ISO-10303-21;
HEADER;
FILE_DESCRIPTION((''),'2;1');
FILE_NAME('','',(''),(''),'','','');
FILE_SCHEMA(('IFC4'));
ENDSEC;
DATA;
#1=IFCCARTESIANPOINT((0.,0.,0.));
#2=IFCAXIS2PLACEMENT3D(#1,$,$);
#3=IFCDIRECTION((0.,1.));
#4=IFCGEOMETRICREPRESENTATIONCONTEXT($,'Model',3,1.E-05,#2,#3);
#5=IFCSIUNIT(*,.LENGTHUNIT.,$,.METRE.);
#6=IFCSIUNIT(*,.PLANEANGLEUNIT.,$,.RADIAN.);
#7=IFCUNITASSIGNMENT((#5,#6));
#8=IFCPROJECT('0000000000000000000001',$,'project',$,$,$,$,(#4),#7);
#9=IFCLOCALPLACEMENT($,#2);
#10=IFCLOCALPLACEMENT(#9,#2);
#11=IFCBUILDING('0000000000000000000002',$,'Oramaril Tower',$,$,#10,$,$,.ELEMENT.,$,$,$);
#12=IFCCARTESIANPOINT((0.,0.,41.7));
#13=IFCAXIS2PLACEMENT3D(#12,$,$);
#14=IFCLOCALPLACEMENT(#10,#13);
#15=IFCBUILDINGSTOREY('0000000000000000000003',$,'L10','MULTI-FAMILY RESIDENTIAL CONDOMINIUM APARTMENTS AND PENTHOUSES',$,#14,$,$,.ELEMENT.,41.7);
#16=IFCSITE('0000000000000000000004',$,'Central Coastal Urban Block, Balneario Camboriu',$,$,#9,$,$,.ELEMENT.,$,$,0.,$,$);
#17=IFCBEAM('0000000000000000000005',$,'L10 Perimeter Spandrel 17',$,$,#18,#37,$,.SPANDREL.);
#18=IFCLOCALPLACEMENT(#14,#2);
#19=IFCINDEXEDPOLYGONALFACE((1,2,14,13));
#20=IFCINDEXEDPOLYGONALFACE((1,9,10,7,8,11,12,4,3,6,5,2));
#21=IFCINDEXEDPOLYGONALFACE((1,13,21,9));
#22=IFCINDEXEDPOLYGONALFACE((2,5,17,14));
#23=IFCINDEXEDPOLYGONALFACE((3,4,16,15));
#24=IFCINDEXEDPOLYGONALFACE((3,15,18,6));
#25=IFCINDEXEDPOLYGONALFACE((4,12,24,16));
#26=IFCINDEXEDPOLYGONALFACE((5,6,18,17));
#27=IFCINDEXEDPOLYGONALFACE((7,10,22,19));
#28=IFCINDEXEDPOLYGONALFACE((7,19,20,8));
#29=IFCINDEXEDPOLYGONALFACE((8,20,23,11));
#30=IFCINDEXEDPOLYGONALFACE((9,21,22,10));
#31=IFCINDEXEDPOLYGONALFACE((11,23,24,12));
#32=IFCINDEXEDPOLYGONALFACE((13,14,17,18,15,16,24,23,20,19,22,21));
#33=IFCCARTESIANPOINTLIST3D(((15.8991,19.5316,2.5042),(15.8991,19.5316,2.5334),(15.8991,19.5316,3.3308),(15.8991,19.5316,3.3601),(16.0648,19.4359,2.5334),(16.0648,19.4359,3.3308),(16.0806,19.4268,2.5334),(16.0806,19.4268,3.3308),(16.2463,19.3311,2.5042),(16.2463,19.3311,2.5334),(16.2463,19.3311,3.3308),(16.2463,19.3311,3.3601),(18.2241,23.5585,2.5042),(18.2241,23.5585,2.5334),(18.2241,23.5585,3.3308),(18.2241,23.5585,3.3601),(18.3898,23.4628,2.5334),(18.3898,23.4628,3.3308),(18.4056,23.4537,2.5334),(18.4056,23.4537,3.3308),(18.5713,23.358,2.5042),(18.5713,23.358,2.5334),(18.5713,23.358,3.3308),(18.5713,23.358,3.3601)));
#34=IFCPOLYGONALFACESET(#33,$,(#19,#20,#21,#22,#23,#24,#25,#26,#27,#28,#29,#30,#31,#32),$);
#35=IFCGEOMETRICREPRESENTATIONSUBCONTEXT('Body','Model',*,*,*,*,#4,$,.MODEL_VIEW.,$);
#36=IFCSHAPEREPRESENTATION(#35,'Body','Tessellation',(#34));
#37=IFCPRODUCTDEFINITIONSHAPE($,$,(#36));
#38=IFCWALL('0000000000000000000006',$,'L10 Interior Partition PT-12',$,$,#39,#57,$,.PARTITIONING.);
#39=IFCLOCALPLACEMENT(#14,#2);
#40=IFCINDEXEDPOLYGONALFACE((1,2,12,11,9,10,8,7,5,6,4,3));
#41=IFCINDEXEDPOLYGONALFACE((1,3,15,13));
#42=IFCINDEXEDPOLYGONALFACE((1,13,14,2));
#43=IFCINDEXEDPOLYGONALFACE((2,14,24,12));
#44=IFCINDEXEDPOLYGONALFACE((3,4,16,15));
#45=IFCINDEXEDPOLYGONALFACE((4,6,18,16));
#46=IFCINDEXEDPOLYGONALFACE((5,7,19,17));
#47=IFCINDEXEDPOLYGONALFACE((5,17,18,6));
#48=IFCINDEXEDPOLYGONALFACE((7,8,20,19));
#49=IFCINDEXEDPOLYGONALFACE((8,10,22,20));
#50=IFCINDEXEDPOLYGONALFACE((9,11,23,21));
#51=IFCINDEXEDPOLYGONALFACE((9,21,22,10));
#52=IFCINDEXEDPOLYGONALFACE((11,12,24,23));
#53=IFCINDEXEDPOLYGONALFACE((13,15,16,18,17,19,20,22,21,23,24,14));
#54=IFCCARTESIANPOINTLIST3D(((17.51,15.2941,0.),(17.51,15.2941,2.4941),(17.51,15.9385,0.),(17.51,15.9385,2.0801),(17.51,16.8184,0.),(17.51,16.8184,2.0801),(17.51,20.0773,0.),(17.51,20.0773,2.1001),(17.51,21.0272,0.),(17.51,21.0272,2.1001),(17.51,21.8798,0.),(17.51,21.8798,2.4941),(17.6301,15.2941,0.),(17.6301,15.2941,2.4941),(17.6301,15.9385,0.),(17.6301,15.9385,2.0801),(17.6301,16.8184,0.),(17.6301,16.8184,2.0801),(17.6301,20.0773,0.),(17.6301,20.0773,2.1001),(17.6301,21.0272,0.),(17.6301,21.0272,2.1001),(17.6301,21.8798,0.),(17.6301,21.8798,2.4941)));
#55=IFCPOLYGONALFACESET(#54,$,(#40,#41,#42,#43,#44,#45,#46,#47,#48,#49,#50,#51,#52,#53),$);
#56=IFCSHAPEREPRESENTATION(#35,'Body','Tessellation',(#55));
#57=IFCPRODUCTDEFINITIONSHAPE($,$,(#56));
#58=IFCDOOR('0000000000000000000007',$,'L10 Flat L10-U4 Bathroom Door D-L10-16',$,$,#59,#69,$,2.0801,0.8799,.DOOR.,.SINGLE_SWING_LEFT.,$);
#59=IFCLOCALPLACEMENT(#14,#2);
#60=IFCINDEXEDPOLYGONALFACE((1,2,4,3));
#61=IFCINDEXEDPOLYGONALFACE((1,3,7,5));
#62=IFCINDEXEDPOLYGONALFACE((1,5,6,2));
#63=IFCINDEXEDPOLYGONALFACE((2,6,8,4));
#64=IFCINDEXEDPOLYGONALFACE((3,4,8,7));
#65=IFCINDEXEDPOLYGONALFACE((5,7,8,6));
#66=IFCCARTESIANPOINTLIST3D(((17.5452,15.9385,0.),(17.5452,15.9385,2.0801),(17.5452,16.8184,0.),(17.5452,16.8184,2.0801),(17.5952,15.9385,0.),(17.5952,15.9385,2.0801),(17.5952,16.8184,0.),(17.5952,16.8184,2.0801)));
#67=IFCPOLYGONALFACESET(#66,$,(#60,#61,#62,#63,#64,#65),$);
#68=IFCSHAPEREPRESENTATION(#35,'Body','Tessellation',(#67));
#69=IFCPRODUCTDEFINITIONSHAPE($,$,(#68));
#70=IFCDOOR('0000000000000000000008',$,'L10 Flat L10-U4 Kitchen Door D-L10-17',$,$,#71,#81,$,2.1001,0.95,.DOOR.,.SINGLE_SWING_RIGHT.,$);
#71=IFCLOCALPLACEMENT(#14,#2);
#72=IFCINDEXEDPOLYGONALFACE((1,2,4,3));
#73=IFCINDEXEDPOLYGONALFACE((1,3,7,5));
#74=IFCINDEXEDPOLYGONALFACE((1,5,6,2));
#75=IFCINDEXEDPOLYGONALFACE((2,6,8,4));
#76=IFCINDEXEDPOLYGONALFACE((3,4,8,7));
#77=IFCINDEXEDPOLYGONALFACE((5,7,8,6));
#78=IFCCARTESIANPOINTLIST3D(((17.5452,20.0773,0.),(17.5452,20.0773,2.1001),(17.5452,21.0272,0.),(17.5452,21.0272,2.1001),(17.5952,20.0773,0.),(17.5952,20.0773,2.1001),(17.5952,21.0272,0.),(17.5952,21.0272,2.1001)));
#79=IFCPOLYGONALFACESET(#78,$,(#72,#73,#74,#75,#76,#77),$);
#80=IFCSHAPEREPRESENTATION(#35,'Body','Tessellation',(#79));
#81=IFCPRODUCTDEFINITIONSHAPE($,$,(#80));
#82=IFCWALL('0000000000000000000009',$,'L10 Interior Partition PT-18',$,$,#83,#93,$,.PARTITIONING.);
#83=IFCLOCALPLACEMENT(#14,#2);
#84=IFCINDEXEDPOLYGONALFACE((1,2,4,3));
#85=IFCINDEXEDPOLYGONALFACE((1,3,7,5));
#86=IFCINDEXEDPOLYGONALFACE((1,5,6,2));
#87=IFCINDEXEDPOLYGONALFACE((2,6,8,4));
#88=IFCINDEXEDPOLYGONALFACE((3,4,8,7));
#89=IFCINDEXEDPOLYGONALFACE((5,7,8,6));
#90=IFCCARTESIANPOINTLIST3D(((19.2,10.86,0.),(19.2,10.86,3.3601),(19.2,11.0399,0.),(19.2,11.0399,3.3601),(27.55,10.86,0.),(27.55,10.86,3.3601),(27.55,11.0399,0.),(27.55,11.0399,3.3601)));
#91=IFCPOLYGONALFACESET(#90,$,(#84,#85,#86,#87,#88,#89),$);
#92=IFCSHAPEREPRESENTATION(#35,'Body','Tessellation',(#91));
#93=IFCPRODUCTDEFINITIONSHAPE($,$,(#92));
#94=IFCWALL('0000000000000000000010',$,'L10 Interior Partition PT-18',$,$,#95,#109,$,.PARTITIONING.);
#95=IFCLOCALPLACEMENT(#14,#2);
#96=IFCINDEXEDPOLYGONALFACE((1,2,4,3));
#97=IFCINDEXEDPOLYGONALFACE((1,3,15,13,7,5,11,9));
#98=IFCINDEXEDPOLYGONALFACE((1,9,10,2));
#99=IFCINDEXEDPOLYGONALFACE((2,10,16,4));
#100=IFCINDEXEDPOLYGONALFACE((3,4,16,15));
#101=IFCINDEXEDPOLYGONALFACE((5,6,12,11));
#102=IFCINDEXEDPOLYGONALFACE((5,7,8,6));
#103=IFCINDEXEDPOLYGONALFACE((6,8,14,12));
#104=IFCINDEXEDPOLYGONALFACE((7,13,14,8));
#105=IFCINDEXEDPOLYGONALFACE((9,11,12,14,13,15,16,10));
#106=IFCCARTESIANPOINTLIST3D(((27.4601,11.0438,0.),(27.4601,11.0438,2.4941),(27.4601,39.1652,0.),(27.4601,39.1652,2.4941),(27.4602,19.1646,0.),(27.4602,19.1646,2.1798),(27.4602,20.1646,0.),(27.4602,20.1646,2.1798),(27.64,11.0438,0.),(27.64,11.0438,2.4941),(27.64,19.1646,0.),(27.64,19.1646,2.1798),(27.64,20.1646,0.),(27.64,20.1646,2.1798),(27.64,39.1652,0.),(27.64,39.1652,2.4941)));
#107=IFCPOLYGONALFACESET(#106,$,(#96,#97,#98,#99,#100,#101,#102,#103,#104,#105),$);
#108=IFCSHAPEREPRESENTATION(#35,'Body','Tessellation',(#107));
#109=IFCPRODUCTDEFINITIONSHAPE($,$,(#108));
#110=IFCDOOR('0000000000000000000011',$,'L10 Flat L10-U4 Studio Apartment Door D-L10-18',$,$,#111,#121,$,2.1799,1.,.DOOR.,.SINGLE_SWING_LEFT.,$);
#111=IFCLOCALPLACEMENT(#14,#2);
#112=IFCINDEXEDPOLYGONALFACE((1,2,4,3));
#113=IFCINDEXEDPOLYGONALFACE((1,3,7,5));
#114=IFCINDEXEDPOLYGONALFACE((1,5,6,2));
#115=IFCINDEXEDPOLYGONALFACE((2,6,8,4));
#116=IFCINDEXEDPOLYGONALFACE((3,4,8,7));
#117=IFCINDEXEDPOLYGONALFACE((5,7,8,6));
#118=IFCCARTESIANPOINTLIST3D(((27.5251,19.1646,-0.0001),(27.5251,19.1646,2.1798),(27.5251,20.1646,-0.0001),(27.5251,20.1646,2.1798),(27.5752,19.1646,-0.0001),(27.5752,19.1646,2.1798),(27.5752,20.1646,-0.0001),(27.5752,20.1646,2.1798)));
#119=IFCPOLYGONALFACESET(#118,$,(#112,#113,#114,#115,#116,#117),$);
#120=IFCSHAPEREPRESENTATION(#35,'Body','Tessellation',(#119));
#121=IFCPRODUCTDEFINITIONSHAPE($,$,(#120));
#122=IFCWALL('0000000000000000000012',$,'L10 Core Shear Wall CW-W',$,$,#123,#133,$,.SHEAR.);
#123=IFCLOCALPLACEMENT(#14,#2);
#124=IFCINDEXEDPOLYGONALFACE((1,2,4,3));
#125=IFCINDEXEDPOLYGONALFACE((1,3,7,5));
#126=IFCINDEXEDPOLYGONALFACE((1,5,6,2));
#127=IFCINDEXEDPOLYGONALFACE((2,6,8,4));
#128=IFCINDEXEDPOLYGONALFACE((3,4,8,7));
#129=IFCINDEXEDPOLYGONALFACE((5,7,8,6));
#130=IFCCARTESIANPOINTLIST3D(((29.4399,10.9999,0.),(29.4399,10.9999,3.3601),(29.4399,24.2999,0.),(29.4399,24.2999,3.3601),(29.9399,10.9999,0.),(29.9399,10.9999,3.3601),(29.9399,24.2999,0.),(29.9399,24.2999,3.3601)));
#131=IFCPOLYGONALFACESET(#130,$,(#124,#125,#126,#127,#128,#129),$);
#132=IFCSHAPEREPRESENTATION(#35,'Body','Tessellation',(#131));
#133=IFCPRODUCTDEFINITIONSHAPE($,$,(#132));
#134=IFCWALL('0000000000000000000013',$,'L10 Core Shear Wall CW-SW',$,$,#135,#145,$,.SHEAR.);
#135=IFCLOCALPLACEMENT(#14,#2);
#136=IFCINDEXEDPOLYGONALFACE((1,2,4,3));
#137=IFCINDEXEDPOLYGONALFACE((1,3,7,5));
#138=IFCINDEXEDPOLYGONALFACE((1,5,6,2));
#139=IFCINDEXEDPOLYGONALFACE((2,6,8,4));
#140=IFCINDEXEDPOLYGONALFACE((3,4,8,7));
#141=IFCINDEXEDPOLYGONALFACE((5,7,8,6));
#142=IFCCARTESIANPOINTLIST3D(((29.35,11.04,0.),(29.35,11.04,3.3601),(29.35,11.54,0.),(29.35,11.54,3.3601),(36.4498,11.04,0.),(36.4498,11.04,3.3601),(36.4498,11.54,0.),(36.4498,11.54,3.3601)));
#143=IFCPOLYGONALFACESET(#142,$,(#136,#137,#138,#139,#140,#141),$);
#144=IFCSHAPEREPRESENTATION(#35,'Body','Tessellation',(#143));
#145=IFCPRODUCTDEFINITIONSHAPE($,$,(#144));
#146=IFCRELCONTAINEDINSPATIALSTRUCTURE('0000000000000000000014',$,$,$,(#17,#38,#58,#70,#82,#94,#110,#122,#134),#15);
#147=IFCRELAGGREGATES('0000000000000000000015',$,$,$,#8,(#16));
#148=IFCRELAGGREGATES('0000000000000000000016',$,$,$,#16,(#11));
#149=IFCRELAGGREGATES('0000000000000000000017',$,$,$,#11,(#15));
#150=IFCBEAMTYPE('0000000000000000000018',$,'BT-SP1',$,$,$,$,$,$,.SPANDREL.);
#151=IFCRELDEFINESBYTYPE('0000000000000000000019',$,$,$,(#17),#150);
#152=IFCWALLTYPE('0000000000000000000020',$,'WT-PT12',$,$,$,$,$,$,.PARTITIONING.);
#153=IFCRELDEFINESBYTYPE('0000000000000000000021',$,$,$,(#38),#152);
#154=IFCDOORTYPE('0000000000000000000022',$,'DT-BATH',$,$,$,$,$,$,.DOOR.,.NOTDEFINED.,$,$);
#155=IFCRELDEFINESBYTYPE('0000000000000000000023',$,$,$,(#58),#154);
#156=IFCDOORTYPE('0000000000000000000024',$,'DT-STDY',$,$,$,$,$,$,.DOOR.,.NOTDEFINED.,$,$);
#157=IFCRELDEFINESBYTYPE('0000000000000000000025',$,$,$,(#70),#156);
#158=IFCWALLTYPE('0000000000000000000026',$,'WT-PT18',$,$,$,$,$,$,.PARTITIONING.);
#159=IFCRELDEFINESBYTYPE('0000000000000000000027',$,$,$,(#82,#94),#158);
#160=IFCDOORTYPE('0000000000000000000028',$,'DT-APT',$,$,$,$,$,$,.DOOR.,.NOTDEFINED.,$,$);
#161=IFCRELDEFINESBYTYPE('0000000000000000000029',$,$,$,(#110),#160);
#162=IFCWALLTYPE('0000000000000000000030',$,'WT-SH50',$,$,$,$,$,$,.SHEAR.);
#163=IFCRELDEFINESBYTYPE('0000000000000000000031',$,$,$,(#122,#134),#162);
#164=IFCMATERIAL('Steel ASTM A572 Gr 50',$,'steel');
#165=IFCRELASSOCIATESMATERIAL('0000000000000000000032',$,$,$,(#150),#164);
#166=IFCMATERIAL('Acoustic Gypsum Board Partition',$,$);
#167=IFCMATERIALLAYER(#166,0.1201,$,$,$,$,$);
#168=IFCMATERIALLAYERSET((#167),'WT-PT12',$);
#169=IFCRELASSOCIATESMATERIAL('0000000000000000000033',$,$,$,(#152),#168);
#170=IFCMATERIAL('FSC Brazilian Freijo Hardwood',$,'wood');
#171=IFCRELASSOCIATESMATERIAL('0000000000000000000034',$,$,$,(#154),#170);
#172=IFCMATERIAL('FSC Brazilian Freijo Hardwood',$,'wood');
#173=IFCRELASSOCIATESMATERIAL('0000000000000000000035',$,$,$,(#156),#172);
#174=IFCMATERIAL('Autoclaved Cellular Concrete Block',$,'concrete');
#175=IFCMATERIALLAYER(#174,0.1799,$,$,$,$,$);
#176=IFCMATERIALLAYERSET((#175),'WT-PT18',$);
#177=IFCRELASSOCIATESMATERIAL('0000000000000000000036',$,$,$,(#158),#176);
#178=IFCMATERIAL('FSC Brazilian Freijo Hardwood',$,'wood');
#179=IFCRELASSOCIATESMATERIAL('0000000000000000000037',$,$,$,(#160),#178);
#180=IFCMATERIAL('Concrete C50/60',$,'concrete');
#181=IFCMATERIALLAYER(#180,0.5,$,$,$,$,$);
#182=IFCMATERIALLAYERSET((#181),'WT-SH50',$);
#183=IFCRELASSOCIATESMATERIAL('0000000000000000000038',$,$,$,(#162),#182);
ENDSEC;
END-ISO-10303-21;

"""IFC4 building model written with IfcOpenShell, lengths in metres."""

from ifc_helpers import new_model, si_unit, direction, frame, frame_2d, origin, origin_2d, place, context, subcontext, project, spatial, rectangle, i_section, extrude, material, layer, layer_set, material_profile, profile_set, type_object, element, fill, save


model = new_model("IFC4")

# Units and contexts
model_context = context("Model", 3, precision=1e-05, world=origin(), true_north=direction((0.0, 1.0)))
body_context = subcontext(model_context, "Body", "Model", "MODEL_VIEW")
ifc_project = project(units=[si_unit("LENGTHUNIT", "METRE"), si_unit("PLANEANGLEUNIT", "RADIAN")], contexts=[model_context])

# Site, building, storey
site_placement = place(None, origin())
site = spatial("IfcSite", under=ifc_project, at=site_placement, Name="Central Coastal Urban Block, Balneario Camboriu", CompositionType="ELEMENT", RefElevation=0.0)
building_placement = place(site_placement, origin())
building = spatial("IfcBuilding", under=site, at=building_placement, Name="Oramaril Tower", CompositionType="ELEMENT")
storey_placement = place(building_placement, frame((0.0, 0.0, 41.7)))
storey = spatial("IfcBuildingStorey", under=building, at=storey_placement, Name="L10", Description="MULTI-FAMILY RESIDENTIAL CONDOMINIUM APARTMENTS AND PENTHOUSES", CompositionType="ELEMENT", Elevation=41.7)

# Beam
ifc_material_1 = material(Name="Steel ASTM A572 Gr 50", Category="steel")
ifc_material_profile_1 = material_profile(ifc_material_1, i_section(OverallWidth=0.4009, OverallDepth=0.856, WebThickness=0.0183, FlangeThickness=0.0293, at=origin_2d()), Name="W33X201")
ifc_profile_set_1 = profile_set([ifc_material_profile_1], Name="Steel ASTM A572 Gr 50")
beam_type_1 = type_object("IfcBeamType", Name="BT-SP1", PredefinedType="SPANDREL", material=ifc_profile_set_1)
beam_1_placement = place(storey_placement, frame((18.3977, 23.4583, 2.9321), z_axis=(-0.500007, -0.866021, 0.0), x_axis=(0.866021, -0.500007, 0.0)))
element("IfcBeam", 1, at=beam_1_placement, inside=storey, type_object=beam_type_1, Name="L10 Perimeter Spandrel 17", PredefinedType="SPANDREL", context=body_context, shape_type="SweptSolid", body=[
    extrude(i_section(OverallWidth=0.4009, OverallDepth=0.856, WebThickness=0.0183, FlangeThickness=0.0293, at=origin_2d()), origin(), (0.0, 0.0, 1.0), 4.6499),
])

# Wall, openings, doors
ifc_material_2 = material(Name="Acoustic Gypsum Board Partition")
ifc_layer_1 = layer(ifc_material_2, 0.1201)
ifc_layer_set_1 = layer_set([ifc_layer_1], Name="WT-PT12")
wall_type_1 = type_object("IfcWallType", Name="WT-PT12", PredefinedType="PARTITIONING", material=ifc_layer_set_1)
wall_1_placement = place(storey_placement, frame((17.5701, 15.2939, 0.0), z_axis=(0.0, 0.0, 1.0), x_axis=(0.0, 1.0, 0.0)))
wall_1 = element("IfcWall", 2, at=wall_1_placement, inside=storey, type_object=wall_type_1, Name="L10 Interior Partition PT-12", PredefinedType="PARTITIONING", context=body_context, shape_type="SweptSolid", body=[
    extrude(rectangle(XDim=6.5857, YDim=0.1201, at=frame_2d((3.293, 0.0))), origin(), (0.0, 0.0, 1.0), 2.4941),
])
opening_1_placement = place(wall_1_placement, frame((0.6445, 0.0, 0.0)))
opening_1 = element("IfcOpeningElement", 3, at=opening_1_placement, cuts=wall_1, PredefinedType="OPENING", context=body_context, shape_type="SweptSolid", body=[
    extrude(rectangle(XDim=0.8799, YDim=2.0801, at=frame_2d((0.4399, 1.04))), frame((0.0, 0.0601, 0.0), z_axis=(0.0, -1.0, 0.0), x_axis=(1.0, 0.0, 0.0)), (0.0, 0.0, 1.0), 0.1201),
])
opening_2_placement = place(wall_1_placement, frame((4.7832, 0.0, 0.0)))
opening_2 = element("IfcOpeningElement", 4, at=opening_2_placement, cuts=wall_1, PredefinedType="OPENING", context=body_context, shape_type="SweptSolid", body=[
    extrude(rectangle(XDim=0.95, YDim=2.1001, at=frame_2d((0.4751, 1.05))), frame((0.0, 0.0601, 0.0), z_axis=(0.0, -1.0, 0.0), x_axis=(1.0, 0.0, 0.0)), (0.0, 0.0, 1.0), 0.1201),
])
ifc_material_3 = material(Name="FSC Brazilian Freijo Hardwood", Category="wood")
door_type_1 = type_object("IfcDoorType", Name="DT-BATH", OperationType="NOTDEFINED", PredefinedType="DOOR", material=ifc_material_3)
door_1_placement = place(opening_1_placement, origin())
door_1 = element("IfcDoor", 5, at=door_1_placement, inside=storey, type_object=door_type_1, Name="L10 Flat L10-U4 Bathroom Door D-L10-16", OperationType="SINGLE_SWING_LEFT", OverallHeight=2.0801, OverallWidth=0.8799, PredefinedType="DOOR", context=body_context, shape_type="SweptSolid", body=[
    extrude(rectangle(XDim=0.8799, YDim=2.0801, at=frame_2d((0.4399, 1.04))), frame((0.0, 0.0249, 0.0), z_axis=(0.0, -1.0, 0.0), x_axis=(1.0, 0.0, 0.0)), (0.0, 0.0, 1.0), 0.05),
])
fill(opening_1, door_1)
ifc_material_4 = material(Name="FSC Brazilian Freijo Hardwood", Category="wood")
door_type_2 = type_object("IfcDoorType", Name="DT-STDY", OperationType="NOTDEFINED", PredefinedType="DOOR", material=ifc_material_4)
door_2_placement = place(opening_2_placement, origin())
door_2 = element("IfcDoor", 6, at=door_2_placement, inside=storey, type_object=door_type_2, Name="L10 Flat L10-U4 Kitchen Door D-L10-17", OperationType="SINGLE_SWING_RIGHT", OverallHeight=2.1001, OverallWidth=0.95, PredefinedType="DOOR", context=body_context, shape_type="SweptSolid", body=[
    extrude(rectangle(XDim=0.95, YDim=2.1001, at=frame_2d((0.4751, 1.05))), frame((0.0, 0.0249, 0.0), z_axis=(0.0, -1.0, 0.0), x_axis=(1.0, 0.0, 0.0)), (0.0, 0.0, 1.0), 0.05),
])
fill(opening_2, door_2)

# Wall
ifc_material_5 = material(Name="Autoclaved Cellular Concrete Block", Category="concrete")
ifc_layer_2 = layer(ifc_material_5, 0.1799)
ifc_layer_set_2 = layer_set([ifc_layer_2], Name="WT-PT18")
wall_type_2 = type_object("IfcWallType", Name="WT-PT18", PredefinedType="PARTITIONING", material=ifc_layer_set_2)
wall_2_placement = place(storey_placement, frame((19.2, 10.95, 0.0), z_axis=(0.0, 0.0, 1.0), x_axis=(1.0, 0.0, 0.0)))
element("IfcWall", 7, at=wall_2_placement, inside=storey, type_object=wall_type_2, Name="L10 Interior Partition PT-18", PredefinedType="PARTITIONING", context=body_context, shape_type="SweptSolid", body=[
    extrude(rectangle(XDim=8.3501, YDim=0.1799, at=frame_2d((4.175, 0.0))), origin(), (0.0, 0.0, 1.0), 3.3601),
])

# Wall, opening, door
wall_3_placement = place(storey_placement, frame((27.55, 11.0439, 0.0), z_axis=(0.0, 0.0, 1.0), x_axis=(0.0, 1.0, 0.0)))
wall_3 = element("IfcWall", 8, at=wall_3_placement, inside=storey, type_object=wall_type_2, Name="L10 Interior Partition PT-18", PredefinedType="PARTITIONING", context=body_context, shape_type="SweptSolid", body=[
    extrude(rectangle(XDim=28.1213, YDim=0.1799, at=frame_2d((14.0605, 0.0))), origin(), (0.0, 0.0, 1.0), 2.4941),
])
opening_3_placement = place(wall_3_placement, frame((8.1206, 0.0, 0.0)))
opening_3 = element("IfcOpeningElement", 9, at=opening_3_placement, cuts=wall_3, PredefinedType="OPENING", context=body_context, shape_type="SweptSolid", body=[
    extrude(rectangle(XDim=1.0, YDim=2.1799, at=frame_2d((0.5, 1.0898))), frame((0.0, 0.0898, 0.0), z_axis=(0.0, -1.0, 0.0), x_axis=(1.0, 0.0, 0.0)), (0.0, 0.0, 1.0), 0.1799),
])
ifc_material_6 = material(Name="FSC Brazilian Freijo Hardwood", Category="wood")
door_type_3 = type_object("IfcDoorType", Name="DT-APT", OperationType="NOTDEFINED", PredefinedType="DOOR", material=ifc_material_6)
door_3_placement = place(opening_3_placement, origin())
door_3 = element("IfcDoor", 10, at=door_3_placement, inside=storey, type_object=door_type_3, Name="L10 Flat L10-U4 Studio Apartment Door D-L10-18", OperationType="SINGLE_SWING_LEFT", OverallHeight=2.1799, OverallWidth=1.0, PredefinedType="DOOR", context=body_context, shape_type="SweptSolid", body=[
    extrude(rectangle(XDim=1.0, YDim=2.1799, at=frame_2d((0.5, 1.0898))), frame((0.0, 0.0249, 0.0), z_axis=(0.0, -1.0, 0.0), x_axis=(1.0, 0.0, 0.0)), (0.0, 0.0, 1.0), 0.05),
])
fill(opening_3, door_3)

# Walls
ifc_material_7 = material(Name="Concrete C50/60", Category="concrete")
ifc_layer_3 = layer(ifc_material_7, 0.5)
ifc_layer_set_3 = layer_set([ifc_layer_3], Name="WT-SH50")
wall_type_3 = type_object("IfcWallType", Name="WT-SH50", PredefinedType="SHEAR", material=ifc_layer_set_3)
wall_4_placement = place(storey_placement, frame((29.6899, 11.0, 0.0), z_axis=(0.0, 0.0, 1.0), x_axis=(0.0, 1.0, 0.0)))
element("IfcWall", 11, at=wall_4_placement, inside=storey, type_object=wall_type_3, Name="L10 Core Shear Wall CW-W", PredefinedType="SHEAR", context=body_context, shape_type="SweptSolid", body=[
    extrude(rectangle(XDim=13.3, YDim=0.5, at=frame_2d((6.6499, 0.0))), origin(), (0.0, 0.0, 1.0), 3.3601),
])
wall_5_placement = place(storey_placement, frame((29.3501, 11.29, 0.0), z_axis=(0.0, 0.0, 1.0), x_axis=(1.0, 0.0, 0.0)))
element("IfcWall", 12, at=wall_5_placement, inside=storey, type_object=wall_type_3, Name="L10 Core Shear Wall CW-SW", PredefinedType="SHEAR", context=body_context, shape_type="SweptSolid", body=[
    extrude(rectangle(XDim=7.0999, YDim=0.5, at=frame_2d((3.5498, 0.0))), origin(), (0.0, 0.0, 1.0), 3.3601),
])

save(model, "model.ifc")
